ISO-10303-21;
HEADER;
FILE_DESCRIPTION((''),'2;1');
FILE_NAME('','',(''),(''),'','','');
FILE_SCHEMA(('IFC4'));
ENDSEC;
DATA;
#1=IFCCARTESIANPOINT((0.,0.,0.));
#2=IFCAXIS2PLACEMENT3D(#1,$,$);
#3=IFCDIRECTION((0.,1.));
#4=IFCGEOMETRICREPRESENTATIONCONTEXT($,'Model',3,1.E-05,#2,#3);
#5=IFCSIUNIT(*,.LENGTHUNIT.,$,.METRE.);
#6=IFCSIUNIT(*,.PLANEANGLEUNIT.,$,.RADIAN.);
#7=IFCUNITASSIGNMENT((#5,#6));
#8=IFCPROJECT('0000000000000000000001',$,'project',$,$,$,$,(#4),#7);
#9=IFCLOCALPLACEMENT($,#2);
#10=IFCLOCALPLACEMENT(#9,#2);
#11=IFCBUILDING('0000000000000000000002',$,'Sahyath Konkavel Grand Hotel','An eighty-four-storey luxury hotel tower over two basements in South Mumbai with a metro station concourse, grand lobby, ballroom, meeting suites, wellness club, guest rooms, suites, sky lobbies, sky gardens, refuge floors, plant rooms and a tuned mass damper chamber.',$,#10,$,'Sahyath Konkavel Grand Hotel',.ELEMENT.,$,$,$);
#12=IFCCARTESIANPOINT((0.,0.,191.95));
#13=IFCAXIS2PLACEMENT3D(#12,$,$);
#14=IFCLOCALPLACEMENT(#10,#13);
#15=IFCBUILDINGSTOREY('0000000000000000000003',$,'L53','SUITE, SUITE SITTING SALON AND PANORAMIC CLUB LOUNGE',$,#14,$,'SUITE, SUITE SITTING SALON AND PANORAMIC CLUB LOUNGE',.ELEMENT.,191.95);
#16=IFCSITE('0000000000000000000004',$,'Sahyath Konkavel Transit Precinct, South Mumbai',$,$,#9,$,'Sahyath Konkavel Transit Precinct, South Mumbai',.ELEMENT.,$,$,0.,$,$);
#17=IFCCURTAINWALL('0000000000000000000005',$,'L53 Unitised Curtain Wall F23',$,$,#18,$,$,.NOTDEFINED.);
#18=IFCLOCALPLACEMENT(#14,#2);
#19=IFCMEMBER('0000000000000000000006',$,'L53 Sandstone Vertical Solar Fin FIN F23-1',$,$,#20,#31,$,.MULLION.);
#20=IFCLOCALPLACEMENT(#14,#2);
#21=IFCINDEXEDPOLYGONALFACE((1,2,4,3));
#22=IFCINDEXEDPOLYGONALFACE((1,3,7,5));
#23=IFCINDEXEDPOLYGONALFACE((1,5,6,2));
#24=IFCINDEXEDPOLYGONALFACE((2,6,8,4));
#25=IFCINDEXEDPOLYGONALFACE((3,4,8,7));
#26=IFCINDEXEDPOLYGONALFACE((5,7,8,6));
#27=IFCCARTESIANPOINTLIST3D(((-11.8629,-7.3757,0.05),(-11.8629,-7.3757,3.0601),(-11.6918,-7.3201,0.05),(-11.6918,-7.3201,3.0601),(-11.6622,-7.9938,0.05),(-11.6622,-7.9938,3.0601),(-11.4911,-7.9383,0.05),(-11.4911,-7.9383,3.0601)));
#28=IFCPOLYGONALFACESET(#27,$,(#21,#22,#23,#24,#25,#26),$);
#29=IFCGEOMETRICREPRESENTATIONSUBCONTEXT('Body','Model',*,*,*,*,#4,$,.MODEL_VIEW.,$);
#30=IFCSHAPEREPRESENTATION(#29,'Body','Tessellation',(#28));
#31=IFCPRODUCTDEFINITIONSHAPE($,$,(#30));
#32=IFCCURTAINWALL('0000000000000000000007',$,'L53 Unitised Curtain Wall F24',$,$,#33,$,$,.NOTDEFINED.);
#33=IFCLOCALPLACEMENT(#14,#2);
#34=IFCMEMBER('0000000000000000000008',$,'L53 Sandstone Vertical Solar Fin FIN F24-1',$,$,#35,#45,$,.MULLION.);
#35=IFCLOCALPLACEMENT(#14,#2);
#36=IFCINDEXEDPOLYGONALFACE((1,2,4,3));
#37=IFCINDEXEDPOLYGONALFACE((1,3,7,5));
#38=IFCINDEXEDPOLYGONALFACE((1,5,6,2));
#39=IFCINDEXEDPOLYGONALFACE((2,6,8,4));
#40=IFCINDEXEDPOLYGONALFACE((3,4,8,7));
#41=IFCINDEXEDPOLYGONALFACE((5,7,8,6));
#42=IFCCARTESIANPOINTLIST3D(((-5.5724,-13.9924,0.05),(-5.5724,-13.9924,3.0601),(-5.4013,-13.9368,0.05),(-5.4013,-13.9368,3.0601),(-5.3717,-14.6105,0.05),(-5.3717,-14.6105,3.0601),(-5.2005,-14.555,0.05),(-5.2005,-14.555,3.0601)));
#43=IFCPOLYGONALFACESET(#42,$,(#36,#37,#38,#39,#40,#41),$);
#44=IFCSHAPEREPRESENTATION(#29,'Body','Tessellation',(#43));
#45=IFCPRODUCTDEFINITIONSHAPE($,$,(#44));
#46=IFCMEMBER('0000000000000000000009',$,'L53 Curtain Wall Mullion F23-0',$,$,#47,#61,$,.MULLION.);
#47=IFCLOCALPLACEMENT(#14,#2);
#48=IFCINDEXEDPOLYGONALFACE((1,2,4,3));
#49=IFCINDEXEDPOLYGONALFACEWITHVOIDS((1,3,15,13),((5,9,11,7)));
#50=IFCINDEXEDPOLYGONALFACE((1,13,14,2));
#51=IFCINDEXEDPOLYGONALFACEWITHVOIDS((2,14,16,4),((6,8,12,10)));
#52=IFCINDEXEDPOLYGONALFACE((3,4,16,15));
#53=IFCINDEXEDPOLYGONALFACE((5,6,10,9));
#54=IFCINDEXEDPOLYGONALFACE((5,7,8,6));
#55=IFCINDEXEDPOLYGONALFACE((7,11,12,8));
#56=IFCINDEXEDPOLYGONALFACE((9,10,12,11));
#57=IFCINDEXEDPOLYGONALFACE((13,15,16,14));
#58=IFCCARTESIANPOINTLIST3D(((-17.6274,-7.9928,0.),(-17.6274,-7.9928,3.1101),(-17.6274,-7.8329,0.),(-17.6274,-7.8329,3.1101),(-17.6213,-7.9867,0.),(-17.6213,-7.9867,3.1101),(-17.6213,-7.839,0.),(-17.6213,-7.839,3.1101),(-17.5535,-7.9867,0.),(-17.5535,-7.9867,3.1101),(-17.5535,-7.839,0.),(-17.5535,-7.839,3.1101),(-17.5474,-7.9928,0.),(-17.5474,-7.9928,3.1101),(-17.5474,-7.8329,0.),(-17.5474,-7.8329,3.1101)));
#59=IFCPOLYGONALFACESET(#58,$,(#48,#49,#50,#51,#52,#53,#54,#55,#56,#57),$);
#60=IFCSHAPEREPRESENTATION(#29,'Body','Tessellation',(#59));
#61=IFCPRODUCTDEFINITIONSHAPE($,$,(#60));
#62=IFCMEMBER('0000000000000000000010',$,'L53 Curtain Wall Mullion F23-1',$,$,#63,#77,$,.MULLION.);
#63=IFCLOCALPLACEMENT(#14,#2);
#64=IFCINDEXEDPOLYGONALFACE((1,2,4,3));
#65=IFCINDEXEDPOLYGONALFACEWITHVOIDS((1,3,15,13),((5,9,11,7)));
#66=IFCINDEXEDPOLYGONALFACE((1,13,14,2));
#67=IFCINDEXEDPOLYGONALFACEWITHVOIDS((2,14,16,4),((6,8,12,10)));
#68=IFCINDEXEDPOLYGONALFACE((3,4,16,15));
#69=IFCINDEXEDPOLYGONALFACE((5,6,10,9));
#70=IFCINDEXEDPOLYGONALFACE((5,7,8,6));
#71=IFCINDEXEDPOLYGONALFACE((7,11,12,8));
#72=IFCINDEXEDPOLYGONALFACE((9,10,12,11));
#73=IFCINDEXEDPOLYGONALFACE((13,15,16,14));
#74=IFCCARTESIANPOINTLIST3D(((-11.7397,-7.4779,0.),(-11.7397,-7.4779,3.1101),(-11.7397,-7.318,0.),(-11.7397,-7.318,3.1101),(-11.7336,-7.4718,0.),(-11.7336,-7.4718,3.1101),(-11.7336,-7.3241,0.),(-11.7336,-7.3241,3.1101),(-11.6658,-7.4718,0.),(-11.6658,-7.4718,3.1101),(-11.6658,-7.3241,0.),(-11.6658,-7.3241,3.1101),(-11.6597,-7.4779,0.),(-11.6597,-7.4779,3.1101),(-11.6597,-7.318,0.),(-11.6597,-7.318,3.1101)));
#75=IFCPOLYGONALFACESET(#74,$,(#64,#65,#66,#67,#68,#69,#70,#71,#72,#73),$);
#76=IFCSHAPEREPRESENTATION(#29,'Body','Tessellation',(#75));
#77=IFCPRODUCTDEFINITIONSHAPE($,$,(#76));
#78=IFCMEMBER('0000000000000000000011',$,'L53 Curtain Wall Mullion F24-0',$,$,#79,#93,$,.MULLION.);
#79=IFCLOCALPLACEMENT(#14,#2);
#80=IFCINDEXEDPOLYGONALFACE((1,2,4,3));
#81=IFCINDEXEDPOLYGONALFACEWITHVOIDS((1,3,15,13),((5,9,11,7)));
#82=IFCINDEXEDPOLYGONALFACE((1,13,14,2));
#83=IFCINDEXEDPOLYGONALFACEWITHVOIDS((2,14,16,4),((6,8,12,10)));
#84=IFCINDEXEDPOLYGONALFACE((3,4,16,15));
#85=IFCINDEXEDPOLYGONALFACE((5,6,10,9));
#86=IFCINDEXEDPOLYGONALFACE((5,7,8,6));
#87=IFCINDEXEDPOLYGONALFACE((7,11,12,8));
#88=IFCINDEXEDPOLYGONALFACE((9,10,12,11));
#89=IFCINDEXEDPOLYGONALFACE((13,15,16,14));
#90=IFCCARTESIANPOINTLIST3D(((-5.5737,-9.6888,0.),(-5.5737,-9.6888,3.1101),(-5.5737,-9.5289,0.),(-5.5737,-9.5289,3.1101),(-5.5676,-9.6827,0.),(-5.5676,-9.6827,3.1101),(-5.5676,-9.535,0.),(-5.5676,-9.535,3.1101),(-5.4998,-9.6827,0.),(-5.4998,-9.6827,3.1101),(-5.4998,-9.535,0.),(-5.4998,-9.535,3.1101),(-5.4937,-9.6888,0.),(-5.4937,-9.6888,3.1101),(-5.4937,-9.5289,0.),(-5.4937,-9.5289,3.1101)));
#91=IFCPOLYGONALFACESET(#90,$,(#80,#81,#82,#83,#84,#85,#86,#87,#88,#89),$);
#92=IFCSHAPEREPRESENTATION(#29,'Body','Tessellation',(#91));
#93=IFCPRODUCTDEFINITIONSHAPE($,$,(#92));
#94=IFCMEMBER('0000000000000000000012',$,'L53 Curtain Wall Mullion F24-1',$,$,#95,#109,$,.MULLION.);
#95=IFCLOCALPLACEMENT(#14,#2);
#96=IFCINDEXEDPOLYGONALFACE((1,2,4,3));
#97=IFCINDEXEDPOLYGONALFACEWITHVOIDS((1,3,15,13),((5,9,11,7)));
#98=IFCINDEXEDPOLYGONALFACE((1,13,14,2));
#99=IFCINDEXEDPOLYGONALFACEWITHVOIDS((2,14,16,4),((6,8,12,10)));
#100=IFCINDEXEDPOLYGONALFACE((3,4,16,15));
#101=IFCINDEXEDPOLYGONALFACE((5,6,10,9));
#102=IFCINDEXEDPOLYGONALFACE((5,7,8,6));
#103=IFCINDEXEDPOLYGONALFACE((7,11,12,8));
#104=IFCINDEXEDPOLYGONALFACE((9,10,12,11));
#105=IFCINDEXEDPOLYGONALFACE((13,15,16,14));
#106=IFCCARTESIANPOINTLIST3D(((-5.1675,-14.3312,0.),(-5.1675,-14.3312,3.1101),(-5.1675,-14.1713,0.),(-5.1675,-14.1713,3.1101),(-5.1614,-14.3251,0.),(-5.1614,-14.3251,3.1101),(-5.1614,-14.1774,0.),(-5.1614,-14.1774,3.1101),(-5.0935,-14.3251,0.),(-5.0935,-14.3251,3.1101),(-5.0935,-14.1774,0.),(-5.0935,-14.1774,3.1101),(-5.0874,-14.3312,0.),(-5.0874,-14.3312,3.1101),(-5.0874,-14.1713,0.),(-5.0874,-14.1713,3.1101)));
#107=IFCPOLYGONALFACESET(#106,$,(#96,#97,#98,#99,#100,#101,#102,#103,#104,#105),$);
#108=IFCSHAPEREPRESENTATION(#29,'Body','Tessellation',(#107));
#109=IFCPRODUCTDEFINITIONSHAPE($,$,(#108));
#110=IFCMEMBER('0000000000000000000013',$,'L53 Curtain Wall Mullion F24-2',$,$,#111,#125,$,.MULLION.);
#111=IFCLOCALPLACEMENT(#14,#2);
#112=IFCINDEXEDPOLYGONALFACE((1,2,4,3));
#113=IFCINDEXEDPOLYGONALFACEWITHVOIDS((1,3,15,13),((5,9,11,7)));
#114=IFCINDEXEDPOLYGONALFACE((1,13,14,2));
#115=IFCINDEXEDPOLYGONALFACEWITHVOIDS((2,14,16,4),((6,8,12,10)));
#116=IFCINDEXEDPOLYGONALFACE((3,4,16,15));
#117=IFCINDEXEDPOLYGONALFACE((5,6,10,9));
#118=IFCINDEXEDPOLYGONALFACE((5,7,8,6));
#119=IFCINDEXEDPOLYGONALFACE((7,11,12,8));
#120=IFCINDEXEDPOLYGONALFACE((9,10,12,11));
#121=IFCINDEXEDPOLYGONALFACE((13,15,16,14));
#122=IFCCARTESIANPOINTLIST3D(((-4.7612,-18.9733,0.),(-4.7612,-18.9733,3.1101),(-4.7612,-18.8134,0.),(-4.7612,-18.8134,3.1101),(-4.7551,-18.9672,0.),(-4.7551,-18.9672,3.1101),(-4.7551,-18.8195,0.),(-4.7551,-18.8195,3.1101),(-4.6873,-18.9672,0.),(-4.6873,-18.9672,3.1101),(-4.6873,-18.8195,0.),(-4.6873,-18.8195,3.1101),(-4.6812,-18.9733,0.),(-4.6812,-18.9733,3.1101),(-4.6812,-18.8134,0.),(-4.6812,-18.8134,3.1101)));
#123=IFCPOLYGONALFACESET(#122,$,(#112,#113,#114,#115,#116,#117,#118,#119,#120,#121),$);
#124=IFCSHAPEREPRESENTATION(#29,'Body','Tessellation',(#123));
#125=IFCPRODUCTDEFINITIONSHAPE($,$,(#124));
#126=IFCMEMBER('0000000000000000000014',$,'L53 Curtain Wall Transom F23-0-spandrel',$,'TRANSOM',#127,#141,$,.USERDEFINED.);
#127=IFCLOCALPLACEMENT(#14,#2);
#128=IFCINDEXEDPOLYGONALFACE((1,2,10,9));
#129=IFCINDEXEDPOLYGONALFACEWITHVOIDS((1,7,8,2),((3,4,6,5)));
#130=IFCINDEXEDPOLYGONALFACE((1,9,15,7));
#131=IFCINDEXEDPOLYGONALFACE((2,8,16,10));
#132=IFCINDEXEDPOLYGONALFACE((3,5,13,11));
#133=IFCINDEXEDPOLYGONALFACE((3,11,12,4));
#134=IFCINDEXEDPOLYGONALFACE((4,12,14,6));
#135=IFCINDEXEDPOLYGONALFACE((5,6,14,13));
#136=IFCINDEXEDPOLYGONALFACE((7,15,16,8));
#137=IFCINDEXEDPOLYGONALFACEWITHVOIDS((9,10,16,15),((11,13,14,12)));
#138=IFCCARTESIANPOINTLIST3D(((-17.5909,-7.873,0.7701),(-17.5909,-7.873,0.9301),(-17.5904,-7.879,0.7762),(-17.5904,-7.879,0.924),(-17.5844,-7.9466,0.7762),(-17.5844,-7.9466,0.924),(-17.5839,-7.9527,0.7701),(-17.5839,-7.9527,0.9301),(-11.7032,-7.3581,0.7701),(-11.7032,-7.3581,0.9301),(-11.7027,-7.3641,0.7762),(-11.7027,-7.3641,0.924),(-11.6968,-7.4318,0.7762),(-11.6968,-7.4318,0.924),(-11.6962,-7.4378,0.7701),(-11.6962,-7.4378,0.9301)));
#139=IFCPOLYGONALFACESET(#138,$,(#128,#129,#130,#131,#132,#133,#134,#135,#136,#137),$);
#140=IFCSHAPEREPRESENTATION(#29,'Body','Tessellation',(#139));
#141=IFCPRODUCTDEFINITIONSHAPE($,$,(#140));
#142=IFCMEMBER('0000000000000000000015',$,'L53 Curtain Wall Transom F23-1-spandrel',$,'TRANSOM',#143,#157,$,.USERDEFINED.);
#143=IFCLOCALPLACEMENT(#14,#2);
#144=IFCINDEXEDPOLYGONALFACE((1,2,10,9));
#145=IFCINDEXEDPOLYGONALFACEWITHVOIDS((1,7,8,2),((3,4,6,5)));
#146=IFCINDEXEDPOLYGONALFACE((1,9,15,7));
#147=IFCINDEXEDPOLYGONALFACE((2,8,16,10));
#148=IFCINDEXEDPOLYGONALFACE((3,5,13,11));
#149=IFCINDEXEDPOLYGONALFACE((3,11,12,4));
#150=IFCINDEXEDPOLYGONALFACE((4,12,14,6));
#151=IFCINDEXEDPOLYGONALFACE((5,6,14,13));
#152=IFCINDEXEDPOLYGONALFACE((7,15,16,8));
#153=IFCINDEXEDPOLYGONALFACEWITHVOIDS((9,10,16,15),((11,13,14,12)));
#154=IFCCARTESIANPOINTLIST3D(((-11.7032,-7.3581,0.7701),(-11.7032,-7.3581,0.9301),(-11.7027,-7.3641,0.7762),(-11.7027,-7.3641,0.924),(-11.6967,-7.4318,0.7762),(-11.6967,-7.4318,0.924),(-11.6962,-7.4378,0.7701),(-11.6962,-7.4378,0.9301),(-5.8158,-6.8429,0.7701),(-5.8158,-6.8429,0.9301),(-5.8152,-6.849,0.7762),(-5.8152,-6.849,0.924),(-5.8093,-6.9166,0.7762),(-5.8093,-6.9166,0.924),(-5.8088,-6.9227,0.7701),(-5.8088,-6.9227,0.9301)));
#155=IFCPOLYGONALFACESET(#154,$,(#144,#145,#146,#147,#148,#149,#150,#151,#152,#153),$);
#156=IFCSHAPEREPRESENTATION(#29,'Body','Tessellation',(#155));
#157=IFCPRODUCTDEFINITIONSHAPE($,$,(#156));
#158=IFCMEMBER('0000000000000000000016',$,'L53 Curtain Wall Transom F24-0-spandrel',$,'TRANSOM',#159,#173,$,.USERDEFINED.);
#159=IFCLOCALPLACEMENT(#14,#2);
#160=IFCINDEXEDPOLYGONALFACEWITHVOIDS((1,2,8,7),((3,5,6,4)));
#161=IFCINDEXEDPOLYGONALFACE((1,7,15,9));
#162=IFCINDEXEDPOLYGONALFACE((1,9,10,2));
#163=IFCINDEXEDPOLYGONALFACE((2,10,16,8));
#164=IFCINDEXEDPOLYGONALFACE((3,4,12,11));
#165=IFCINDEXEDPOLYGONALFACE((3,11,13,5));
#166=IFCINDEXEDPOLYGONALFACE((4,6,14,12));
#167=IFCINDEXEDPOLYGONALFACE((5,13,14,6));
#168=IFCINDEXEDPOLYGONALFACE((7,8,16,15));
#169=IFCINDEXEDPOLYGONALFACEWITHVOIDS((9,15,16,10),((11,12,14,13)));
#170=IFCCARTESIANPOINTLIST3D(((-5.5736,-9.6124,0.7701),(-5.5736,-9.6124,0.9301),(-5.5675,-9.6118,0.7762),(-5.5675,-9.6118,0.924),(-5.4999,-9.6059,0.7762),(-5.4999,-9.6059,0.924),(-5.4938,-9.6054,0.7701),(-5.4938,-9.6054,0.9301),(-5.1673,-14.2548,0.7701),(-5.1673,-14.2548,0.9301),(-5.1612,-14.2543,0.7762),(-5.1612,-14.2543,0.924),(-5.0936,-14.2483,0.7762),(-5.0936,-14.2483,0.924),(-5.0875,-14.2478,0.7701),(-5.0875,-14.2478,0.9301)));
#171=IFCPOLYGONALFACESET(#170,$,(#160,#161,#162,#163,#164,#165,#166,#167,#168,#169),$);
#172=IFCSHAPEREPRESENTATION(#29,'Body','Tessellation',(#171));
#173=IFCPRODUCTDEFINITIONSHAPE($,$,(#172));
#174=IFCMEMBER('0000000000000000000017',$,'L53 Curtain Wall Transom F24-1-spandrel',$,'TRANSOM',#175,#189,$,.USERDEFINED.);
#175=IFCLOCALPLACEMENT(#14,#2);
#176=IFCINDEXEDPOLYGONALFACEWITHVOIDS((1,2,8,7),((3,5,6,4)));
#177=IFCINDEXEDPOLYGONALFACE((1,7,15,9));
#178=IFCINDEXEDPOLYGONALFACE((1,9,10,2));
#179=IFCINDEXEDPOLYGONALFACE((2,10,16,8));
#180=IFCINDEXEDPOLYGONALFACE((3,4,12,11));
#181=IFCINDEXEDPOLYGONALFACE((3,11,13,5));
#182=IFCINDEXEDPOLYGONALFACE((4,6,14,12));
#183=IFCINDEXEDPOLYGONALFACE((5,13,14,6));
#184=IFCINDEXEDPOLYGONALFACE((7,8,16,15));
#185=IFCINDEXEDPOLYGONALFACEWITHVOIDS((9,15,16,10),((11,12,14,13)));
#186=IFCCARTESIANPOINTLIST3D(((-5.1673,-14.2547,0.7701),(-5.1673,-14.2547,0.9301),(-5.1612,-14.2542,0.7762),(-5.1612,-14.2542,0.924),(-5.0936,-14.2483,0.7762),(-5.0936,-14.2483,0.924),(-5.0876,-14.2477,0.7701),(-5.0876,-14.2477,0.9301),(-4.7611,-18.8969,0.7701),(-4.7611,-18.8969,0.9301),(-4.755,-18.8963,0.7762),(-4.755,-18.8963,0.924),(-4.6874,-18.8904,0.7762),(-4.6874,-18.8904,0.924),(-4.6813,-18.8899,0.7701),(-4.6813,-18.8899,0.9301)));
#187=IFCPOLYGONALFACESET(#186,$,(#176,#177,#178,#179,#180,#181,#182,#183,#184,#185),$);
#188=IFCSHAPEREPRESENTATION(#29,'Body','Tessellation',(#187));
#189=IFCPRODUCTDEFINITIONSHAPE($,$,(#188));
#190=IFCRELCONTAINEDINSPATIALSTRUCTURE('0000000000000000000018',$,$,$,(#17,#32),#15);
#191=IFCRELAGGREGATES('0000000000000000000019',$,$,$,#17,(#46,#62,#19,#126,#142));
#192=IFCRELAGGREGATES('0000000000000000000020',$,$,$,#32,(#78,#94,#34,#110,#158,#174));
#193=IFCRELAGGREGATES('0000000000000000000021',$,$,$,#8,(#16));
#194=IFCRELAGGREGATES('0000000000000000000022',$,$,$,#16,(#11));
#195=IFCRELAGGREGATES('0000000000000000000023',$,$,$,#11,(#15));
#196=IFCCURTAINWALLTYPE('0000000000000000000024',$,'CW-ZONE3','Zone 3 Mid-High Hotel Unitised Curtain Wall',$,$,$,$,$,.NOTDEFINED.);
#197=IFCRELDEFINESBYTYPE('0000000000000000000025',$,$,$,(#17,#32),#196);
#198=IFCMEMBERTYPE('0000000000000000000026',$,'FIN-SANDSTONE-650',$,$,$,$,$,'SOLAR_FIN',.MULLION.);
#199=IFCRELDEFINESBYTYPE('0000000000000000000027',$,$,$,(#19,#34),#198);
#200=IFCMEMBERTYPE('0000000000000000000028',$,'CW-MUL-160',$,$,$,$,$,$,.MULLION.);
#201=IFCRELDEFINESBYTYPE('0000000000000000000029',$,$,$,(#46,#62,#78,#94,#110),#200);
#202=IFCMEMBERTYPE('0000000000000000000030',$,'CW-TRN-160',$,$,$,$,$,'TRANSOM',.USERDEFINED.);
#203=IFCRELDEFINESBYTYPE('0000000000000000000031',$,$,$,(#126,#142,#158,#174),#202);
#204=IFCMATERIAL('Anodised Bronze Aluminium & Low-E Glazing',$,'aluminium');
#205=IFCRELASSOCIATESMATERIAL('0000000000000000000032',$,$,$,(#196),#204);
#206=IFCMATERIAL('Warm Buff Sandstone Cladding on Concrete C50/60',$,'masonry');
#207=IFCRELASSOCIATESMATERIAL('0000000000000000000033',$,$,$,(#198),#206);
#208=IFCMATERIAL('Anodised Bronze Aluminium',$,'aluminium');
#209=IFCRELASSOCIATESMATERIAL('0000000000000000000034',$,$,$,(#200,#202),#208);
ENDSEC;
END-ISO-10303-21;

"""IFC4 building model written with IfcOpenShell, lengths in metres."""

from ifc_helpers import new_model, si_unit, direction, frame, origin, origin_2d, place, context, subcontext, project, spatial, rectangle, hollow_rectangle, extrude, source, transform, mapped, material, material_profile, profile_set, type_object, element, aggregate, save


model = new_model("IFC4")

# Units and contexts
model_context = context("Model", 3, precision=1e-05, world=origin(), true_north=direction((0.0, 1.0)))
body_context = subcontext(model_context, "Body", "Model", "MODEL_VIEW")
ifc_project = project(units=[si_unit("LENGTHUNIT", "METRE"), si_unit("PLANEANGLEUNIT", "RADIAN")], contexts=[model_context])

# Site, building, storey
site_placement = place(None, origin())
site = spatial("IfcSite", under=ifc_project, at=site_placement, Name="Sahyath Konkavel Transit Precinct, South Mumbai", LongName="Sahyath Konkavel Transit Precinct, South Mumbai", CompositionType="ELEMENT", RefElevation=0.0)
building_placement = place(site_placement, origin())
building = spatial("IfcBuilding", under=site, at=building_placement, Name="Sahyath Konkavel Grand Hotel", Description="An eighty-four-storey luxury hotel tower over two basements in South Mumbai with a metro station concourse, grand lobby, ballroom, meeting suites, wellness club, guest rooms, suites, sky lobbies, sky gardens, refuge floors, plant rooms and a tuned mass damper chamber.", LongName="Sahyath Konkavel Grand Hotel", CompositionType="ELEMENT")
storey_placement = place(building_placement, frame((0.0, 0.0, 191.95)))
storey = spatial("IfcBuildingStorey", under=building, at=storey_placement, Name="L53", Description="SUITE, SUITE SITTING SALON AND PANORAMIC CLUB LOUNGE", LongName="SUITE, SUITE SITTING SALON AND PANORAMIC CLUB LOUNGE", CompositionType="ELEMENT", Elevation=191.95)

# Curtain walls, members
ifc_material_1 = material(Name="Anodised Bronze Aluminium & Low-E Glazing", Category="aluminium")
curtain_wall_type = type_object("IfcCurtainWallType", Name="CW-ZONE3", Description="Zone 3 Mid-High Hotel Unitised Curtain Wall", PredefinedType="NOTDEFINED", material=ifc_material_1)
curtain_wall_1_placement = place(storey_placement, origin())
curtain_wall_1 = element("IfcCurtainWall", 1, at=curtain_wall_1_placement, inside=storey, type_object=curtain_wall_type, Name="L53 Unitised Curtain Wall F23", PredefinedType="NOTDEFINED")
ifc_material_2 = material(Name="Warm Buff Sandstone Cladding on Concrete C50/60", Category="masonry")
ifc_material_profile_1 = material_profile(ifc_material_2, rectangle(XDim=0.1799, YDim=0.6499, at=origin_2d()), Name="FIN 180x650")
ifc_profile_set_1 = profile_set([ifc_material_profile_1], Name="Warm Buff Sandstone Cladding on Concrete C50/60")
member_type_1 = type_object("IfcMemberType", Name="FIN-SANDSTONE-650", ElementType="SOLAR_FIN", PredefinedType="MULLION", material=ifc_profile_set_1)
shared_shape_1 = source(origin(), body_context, "Body", "SweptSolid", [
    extrude(rectangle(XDim=0.1799, YDim=0.6499, at=origin_2d()), origin(), (0.0, 0.0, 1.0), 3.01),
])
member_1_placement = place(storey_placement, frame((-11.677, -7.657, 0.05), z_axis=(0.0, 0.0, 1.0), x_axis=(0.95111, 0.308851, 0.0)))
member_1 = element("IfcMember", 2, at=member_1_placement, type_object=member_type_1, Name="L53 Sandstone Vertical Solar Fin FIN F23-1", PredefinedType="MULLION", context=body_context, shape_type="MappedRepresentation", body=[
    mapped(shared_shape_1, transform((0.0, 0.0, 0.0), scale=1.0)),
])
curtain_wall_2_placement = place(storey_placement, origin())
curtain_wall_2 = element("IfcCurtainWall", 3, at=curtain_wall_2_placement, inside=storey, type_object=curtain_wall_type, Name="L53 Unitised Curtain Wall F24", PredefinedType="NOTDEFINED")
member_2_placement = place(storey_placement, frame((-5.3865, -14.2737, 0.05), z_axis=(0.0, 0.0, 1.0), x_axis=(0.95111, 0.308851, 0.0)))
member_2 = element("IfcMember", 4, at=member_2_placement, type_object=member_type_1, Name="L53 Sandstone Vertical Solar Fin FIN F24-1", PredefinedType="MULLION", context=body_context, shape_type="MappedRepresentation", body=[
    mapped(shared_shape_1, transform((0.0, 0.0, 0.0), scale=1.0)),
])

# Members
ifc_material_3 = material(Name="Anodised Bronze Aluminium", Category="aluminium")
ifc_material_profile_2 = material_profile(ifc_material_3, hollow_rectangle(XDim=0.0801, YDim=0.1599, WallThickness=0.0061, at=origin_2d()), Name="RHS 160x80x6")
ifc_profile_set_2 = profile_set([ifc_material_profile_2], Name="Anodised Bronze Aluminium")
member_type_2 = type_object("IfcMemberType", Name="CW-MUL-160", PredefinedType="MULLION", material=ifc_profile_set_2)
shared_shape_2 = source(origin(), body_context, "Body", "SweptSolid", [
    extrude(hollow_rectangle(XDim=0.0801, YDim=0.1599, WallThickness=0.0061, at=origin_2d()), origin(), (0.0, 0.0, 1.0), 3.1101),
])
member_3_placement = place(storey_placement, frame((-17.5874, -7.9128, 0.0), z_axis=(0.0, 0.0, 1.0), x_axis=(1.0, 0.0, 0.0)))
member_3 = element("IfcMember", 5, at=member_3_placement, type_object=member_type_2, Name="L53 Curtain Wall Mullion F23-0", PredefinedType="MULLION", context=body_context, shape_type="MappedRepresentation", body=[
    mapped(shared_shape_2, transform((0.0, 0.0, 0.0), scale=1.0)),
])
member_4_placement = place(storey_placement, frame((-11.6997, -7.3979, 0.0), z_axis=(0.0, 0.0, 1.0), x_axis=(1.0, 0.0, 0.0)))
member_4 = element("IfcMember", 6, at=member_4_placement, type_object=member_type_2, Name="L53 Curtain Wall Mullion F23-1", PredefinedType="MULLION", context=body_context, shape_type="MappedRepresentation", body=[
    mapped(shared_shape_2, transform((0.0, 0.0, 0.0), scale=1.0)),
])
member_5_placement = place(storey_placement, frame((-5.5337, -9.6089, 0.0), z_axis=(0.0, 0.0, 1.0), x_axis=(1.0, 0.0, 0.0)))
member_5 = element("IfcMember", 7, at=member_5_placement, type_object=member_type_2, Name="L53 Curtain Wall Mullion F24-0", PredefinedType="MULLION", context=body_context, shape_type="MappedRepresentation", body=[
    mapped(shared_shape_2, transform((0.0, 0.0, 0.0), scale=1.0)),
])
member_6_placement = place(storey_placement, frame((-5.1274, -14.2512, 0.0), z_axis=(0.0, 0.0, 1.0), x_axis=(1.0, 0.0, 0.0)))
member_6 = element("IfcMember", 8, at=member_6_placement, type_object=member_type_2, Name="L53 Curtain Wall Mullion F24-1", PredefinedType="MULLION", context=body_context, shape_type="MappedRepresentation", body=[
    mapped(shared_shape_2, transform((0.0, 0.0, 0.0), scale=1.0)),
])
member_7_placement = place(storey_placement, frame((-4.7212, -18.8933, 0.0), z_axis=(0.0, 0.0, 1.0), x_axis=(1.0, 0.0, 0.0)))
member_7 = element("IfcMember", 9, at=member_7_placement, type_object=member_type_2, Name="L53 Curtain Wall Mullion F24-2", PredefinedType="MULLION", context=body_context, shape_type="MappedRepresentation", body=[
    mapped(shared_shape_2, transform((0.0, 0.0, 0.0), scale=1.0)),
])
ifc_material_profile_3 = material_profile(ifc_material_3, hollow_rectangle(XDim=0.0801, YDim=0.1599, WallThickness=0.0061, at=origin_2d()), Name="RHS 160x80x6")
ifc_profile_set_3 = profile_set([ifc_material_profile_3], Name="Anodised Bronze Aluminium")
member_type_3 = type_object("IfcMemberType", Name="CW-TRN-160", ElementType="TRANSOM", PredefinedType="USERDEFINED", material=ifc_profile_set_3)
shared_shape_3 = source(origin(), body_context, "Body", "SweptSolid", [
    extrude(hollow_rectangle(XDim=0.0801, YDim=0.1599, WallThickness=0.0061, at=origin_2d()), origin(), (0.0, 0.0, 1.0), 5.9102),
])
member_8_placement = place(storey_placement, frame((-17.5874, -7.9128, 0.8501), z_axis=(0.996198, 0.08712, 0.0), x_axis=(-0.08712, 0.996198, 0.0)))
member_8 = element("IfcMember", 10, at=member_8_placement, type_object=member_type_3, Name="L53 Curtain Wall Transom F23-0-spandrel", ObjectType="TRANSOM", PredefinedType="USERDEFINED", context=body_context, shape_type="MappedRepresentation", body=[
    mapped(shared_shape_3, transform((0.0, 0.0, 0.0), scale=1.0)),
])
shared_shape_4 = source(origin(), body_context, "Body", "SweptSolid", [
    extrude(hollow_rectangle(XDim=0.0801, YDim=0.1599, WallThickness=0.0061, at=origin_2d()), origin(), (0.0, 0.0, 1.0), 5.9099),
])
member_9_placement = place(storey_placement, frame((-11.6997, -7.3979, 0.8501), z_axis=(0.996194, 0.087164, 0.0), x_axis=(-0.087164, 0.996194, 0.0)))
member_9 = element("IfcMember", 11, at=member_9_placement, type_object=member_type_3, Name="L53 Curtain Wall Transom F23-1-spandrel", ObjectType="TRANSOM", PredefinedType="USERDEFINED", context=body_context, shape_type="MappedRepresentation", body=[
    mapped(shared_shape_4, transform((0.0, 0.0, 0.0), scale=1.0)),
])
shared_shape_5 = source(origin(), body_context, "Body", "SweptSolid", [
    extrude(hollow_rectangle(XDim=0.0801, YDim=0.1599, WallThickness=0.0061, at=origin_2d()), origin(), (0.0, 0.0, 1.0), 4.6602),
])
member_10_placement = place(storey_placement, frame((-5.5337, -9.6089, 0.8501), z_axis=(0.087177, -0.996193, 0.0), x_axis=(0.996193, 0.087177, 0.0)))
member_10 = element("IfcMember", 12, at=member_10_placement, type_object=member_type_3, Name="L53 Curtain Wall Transom F24-0-spandrel", ObjectType="TRANSOM", PredefinedType="USERDEFINED", context=body_context, shape_type="MappedRepresentation", body=[
    mapped(shared_shape_5, transform((0.0, 0.0, 0.0), scale=1.0)),
])
shared_shape_6 = source(origin(), body_context, "Body", "SweptSolid", [
    extrude(hollow_rectangle(XDim=0.0801, YDim=0.1599, WallThickness=0.0061, at=origin_2d()), origin(), (0.0, 0.0, 1.0), 4.6599),
])
member_11_placement = place(storey_placement, frame((-5.1274, -14.2512, 0.8501), z_axis=(0.087181, -0.996192, 0.0), x_axis=(0.996192, 0.087181, 0.0)))
member_11 = element("IfcMember", 13, at=member_11_placement, type_object=member_type_3, Name="L53 Curtain Wall Transom F24-1-spandrel", ObjectType="TRANSOM", PredefinedType="USERDEFINED", context=body_context, shape_type="MappedRepresentation", body=[
    mapped(shared_shape_6, transform((0.0, 0.0, 0.0), scale=1.0)),
])

aggregate(curtain_wall_1, [member_3, member_4, member_1, member_8, member_9])
aggregate(curtain_wall_2, [member_5, member_6, member_2, member_7, member_10, member_11])

save(model, "model.ifc")
